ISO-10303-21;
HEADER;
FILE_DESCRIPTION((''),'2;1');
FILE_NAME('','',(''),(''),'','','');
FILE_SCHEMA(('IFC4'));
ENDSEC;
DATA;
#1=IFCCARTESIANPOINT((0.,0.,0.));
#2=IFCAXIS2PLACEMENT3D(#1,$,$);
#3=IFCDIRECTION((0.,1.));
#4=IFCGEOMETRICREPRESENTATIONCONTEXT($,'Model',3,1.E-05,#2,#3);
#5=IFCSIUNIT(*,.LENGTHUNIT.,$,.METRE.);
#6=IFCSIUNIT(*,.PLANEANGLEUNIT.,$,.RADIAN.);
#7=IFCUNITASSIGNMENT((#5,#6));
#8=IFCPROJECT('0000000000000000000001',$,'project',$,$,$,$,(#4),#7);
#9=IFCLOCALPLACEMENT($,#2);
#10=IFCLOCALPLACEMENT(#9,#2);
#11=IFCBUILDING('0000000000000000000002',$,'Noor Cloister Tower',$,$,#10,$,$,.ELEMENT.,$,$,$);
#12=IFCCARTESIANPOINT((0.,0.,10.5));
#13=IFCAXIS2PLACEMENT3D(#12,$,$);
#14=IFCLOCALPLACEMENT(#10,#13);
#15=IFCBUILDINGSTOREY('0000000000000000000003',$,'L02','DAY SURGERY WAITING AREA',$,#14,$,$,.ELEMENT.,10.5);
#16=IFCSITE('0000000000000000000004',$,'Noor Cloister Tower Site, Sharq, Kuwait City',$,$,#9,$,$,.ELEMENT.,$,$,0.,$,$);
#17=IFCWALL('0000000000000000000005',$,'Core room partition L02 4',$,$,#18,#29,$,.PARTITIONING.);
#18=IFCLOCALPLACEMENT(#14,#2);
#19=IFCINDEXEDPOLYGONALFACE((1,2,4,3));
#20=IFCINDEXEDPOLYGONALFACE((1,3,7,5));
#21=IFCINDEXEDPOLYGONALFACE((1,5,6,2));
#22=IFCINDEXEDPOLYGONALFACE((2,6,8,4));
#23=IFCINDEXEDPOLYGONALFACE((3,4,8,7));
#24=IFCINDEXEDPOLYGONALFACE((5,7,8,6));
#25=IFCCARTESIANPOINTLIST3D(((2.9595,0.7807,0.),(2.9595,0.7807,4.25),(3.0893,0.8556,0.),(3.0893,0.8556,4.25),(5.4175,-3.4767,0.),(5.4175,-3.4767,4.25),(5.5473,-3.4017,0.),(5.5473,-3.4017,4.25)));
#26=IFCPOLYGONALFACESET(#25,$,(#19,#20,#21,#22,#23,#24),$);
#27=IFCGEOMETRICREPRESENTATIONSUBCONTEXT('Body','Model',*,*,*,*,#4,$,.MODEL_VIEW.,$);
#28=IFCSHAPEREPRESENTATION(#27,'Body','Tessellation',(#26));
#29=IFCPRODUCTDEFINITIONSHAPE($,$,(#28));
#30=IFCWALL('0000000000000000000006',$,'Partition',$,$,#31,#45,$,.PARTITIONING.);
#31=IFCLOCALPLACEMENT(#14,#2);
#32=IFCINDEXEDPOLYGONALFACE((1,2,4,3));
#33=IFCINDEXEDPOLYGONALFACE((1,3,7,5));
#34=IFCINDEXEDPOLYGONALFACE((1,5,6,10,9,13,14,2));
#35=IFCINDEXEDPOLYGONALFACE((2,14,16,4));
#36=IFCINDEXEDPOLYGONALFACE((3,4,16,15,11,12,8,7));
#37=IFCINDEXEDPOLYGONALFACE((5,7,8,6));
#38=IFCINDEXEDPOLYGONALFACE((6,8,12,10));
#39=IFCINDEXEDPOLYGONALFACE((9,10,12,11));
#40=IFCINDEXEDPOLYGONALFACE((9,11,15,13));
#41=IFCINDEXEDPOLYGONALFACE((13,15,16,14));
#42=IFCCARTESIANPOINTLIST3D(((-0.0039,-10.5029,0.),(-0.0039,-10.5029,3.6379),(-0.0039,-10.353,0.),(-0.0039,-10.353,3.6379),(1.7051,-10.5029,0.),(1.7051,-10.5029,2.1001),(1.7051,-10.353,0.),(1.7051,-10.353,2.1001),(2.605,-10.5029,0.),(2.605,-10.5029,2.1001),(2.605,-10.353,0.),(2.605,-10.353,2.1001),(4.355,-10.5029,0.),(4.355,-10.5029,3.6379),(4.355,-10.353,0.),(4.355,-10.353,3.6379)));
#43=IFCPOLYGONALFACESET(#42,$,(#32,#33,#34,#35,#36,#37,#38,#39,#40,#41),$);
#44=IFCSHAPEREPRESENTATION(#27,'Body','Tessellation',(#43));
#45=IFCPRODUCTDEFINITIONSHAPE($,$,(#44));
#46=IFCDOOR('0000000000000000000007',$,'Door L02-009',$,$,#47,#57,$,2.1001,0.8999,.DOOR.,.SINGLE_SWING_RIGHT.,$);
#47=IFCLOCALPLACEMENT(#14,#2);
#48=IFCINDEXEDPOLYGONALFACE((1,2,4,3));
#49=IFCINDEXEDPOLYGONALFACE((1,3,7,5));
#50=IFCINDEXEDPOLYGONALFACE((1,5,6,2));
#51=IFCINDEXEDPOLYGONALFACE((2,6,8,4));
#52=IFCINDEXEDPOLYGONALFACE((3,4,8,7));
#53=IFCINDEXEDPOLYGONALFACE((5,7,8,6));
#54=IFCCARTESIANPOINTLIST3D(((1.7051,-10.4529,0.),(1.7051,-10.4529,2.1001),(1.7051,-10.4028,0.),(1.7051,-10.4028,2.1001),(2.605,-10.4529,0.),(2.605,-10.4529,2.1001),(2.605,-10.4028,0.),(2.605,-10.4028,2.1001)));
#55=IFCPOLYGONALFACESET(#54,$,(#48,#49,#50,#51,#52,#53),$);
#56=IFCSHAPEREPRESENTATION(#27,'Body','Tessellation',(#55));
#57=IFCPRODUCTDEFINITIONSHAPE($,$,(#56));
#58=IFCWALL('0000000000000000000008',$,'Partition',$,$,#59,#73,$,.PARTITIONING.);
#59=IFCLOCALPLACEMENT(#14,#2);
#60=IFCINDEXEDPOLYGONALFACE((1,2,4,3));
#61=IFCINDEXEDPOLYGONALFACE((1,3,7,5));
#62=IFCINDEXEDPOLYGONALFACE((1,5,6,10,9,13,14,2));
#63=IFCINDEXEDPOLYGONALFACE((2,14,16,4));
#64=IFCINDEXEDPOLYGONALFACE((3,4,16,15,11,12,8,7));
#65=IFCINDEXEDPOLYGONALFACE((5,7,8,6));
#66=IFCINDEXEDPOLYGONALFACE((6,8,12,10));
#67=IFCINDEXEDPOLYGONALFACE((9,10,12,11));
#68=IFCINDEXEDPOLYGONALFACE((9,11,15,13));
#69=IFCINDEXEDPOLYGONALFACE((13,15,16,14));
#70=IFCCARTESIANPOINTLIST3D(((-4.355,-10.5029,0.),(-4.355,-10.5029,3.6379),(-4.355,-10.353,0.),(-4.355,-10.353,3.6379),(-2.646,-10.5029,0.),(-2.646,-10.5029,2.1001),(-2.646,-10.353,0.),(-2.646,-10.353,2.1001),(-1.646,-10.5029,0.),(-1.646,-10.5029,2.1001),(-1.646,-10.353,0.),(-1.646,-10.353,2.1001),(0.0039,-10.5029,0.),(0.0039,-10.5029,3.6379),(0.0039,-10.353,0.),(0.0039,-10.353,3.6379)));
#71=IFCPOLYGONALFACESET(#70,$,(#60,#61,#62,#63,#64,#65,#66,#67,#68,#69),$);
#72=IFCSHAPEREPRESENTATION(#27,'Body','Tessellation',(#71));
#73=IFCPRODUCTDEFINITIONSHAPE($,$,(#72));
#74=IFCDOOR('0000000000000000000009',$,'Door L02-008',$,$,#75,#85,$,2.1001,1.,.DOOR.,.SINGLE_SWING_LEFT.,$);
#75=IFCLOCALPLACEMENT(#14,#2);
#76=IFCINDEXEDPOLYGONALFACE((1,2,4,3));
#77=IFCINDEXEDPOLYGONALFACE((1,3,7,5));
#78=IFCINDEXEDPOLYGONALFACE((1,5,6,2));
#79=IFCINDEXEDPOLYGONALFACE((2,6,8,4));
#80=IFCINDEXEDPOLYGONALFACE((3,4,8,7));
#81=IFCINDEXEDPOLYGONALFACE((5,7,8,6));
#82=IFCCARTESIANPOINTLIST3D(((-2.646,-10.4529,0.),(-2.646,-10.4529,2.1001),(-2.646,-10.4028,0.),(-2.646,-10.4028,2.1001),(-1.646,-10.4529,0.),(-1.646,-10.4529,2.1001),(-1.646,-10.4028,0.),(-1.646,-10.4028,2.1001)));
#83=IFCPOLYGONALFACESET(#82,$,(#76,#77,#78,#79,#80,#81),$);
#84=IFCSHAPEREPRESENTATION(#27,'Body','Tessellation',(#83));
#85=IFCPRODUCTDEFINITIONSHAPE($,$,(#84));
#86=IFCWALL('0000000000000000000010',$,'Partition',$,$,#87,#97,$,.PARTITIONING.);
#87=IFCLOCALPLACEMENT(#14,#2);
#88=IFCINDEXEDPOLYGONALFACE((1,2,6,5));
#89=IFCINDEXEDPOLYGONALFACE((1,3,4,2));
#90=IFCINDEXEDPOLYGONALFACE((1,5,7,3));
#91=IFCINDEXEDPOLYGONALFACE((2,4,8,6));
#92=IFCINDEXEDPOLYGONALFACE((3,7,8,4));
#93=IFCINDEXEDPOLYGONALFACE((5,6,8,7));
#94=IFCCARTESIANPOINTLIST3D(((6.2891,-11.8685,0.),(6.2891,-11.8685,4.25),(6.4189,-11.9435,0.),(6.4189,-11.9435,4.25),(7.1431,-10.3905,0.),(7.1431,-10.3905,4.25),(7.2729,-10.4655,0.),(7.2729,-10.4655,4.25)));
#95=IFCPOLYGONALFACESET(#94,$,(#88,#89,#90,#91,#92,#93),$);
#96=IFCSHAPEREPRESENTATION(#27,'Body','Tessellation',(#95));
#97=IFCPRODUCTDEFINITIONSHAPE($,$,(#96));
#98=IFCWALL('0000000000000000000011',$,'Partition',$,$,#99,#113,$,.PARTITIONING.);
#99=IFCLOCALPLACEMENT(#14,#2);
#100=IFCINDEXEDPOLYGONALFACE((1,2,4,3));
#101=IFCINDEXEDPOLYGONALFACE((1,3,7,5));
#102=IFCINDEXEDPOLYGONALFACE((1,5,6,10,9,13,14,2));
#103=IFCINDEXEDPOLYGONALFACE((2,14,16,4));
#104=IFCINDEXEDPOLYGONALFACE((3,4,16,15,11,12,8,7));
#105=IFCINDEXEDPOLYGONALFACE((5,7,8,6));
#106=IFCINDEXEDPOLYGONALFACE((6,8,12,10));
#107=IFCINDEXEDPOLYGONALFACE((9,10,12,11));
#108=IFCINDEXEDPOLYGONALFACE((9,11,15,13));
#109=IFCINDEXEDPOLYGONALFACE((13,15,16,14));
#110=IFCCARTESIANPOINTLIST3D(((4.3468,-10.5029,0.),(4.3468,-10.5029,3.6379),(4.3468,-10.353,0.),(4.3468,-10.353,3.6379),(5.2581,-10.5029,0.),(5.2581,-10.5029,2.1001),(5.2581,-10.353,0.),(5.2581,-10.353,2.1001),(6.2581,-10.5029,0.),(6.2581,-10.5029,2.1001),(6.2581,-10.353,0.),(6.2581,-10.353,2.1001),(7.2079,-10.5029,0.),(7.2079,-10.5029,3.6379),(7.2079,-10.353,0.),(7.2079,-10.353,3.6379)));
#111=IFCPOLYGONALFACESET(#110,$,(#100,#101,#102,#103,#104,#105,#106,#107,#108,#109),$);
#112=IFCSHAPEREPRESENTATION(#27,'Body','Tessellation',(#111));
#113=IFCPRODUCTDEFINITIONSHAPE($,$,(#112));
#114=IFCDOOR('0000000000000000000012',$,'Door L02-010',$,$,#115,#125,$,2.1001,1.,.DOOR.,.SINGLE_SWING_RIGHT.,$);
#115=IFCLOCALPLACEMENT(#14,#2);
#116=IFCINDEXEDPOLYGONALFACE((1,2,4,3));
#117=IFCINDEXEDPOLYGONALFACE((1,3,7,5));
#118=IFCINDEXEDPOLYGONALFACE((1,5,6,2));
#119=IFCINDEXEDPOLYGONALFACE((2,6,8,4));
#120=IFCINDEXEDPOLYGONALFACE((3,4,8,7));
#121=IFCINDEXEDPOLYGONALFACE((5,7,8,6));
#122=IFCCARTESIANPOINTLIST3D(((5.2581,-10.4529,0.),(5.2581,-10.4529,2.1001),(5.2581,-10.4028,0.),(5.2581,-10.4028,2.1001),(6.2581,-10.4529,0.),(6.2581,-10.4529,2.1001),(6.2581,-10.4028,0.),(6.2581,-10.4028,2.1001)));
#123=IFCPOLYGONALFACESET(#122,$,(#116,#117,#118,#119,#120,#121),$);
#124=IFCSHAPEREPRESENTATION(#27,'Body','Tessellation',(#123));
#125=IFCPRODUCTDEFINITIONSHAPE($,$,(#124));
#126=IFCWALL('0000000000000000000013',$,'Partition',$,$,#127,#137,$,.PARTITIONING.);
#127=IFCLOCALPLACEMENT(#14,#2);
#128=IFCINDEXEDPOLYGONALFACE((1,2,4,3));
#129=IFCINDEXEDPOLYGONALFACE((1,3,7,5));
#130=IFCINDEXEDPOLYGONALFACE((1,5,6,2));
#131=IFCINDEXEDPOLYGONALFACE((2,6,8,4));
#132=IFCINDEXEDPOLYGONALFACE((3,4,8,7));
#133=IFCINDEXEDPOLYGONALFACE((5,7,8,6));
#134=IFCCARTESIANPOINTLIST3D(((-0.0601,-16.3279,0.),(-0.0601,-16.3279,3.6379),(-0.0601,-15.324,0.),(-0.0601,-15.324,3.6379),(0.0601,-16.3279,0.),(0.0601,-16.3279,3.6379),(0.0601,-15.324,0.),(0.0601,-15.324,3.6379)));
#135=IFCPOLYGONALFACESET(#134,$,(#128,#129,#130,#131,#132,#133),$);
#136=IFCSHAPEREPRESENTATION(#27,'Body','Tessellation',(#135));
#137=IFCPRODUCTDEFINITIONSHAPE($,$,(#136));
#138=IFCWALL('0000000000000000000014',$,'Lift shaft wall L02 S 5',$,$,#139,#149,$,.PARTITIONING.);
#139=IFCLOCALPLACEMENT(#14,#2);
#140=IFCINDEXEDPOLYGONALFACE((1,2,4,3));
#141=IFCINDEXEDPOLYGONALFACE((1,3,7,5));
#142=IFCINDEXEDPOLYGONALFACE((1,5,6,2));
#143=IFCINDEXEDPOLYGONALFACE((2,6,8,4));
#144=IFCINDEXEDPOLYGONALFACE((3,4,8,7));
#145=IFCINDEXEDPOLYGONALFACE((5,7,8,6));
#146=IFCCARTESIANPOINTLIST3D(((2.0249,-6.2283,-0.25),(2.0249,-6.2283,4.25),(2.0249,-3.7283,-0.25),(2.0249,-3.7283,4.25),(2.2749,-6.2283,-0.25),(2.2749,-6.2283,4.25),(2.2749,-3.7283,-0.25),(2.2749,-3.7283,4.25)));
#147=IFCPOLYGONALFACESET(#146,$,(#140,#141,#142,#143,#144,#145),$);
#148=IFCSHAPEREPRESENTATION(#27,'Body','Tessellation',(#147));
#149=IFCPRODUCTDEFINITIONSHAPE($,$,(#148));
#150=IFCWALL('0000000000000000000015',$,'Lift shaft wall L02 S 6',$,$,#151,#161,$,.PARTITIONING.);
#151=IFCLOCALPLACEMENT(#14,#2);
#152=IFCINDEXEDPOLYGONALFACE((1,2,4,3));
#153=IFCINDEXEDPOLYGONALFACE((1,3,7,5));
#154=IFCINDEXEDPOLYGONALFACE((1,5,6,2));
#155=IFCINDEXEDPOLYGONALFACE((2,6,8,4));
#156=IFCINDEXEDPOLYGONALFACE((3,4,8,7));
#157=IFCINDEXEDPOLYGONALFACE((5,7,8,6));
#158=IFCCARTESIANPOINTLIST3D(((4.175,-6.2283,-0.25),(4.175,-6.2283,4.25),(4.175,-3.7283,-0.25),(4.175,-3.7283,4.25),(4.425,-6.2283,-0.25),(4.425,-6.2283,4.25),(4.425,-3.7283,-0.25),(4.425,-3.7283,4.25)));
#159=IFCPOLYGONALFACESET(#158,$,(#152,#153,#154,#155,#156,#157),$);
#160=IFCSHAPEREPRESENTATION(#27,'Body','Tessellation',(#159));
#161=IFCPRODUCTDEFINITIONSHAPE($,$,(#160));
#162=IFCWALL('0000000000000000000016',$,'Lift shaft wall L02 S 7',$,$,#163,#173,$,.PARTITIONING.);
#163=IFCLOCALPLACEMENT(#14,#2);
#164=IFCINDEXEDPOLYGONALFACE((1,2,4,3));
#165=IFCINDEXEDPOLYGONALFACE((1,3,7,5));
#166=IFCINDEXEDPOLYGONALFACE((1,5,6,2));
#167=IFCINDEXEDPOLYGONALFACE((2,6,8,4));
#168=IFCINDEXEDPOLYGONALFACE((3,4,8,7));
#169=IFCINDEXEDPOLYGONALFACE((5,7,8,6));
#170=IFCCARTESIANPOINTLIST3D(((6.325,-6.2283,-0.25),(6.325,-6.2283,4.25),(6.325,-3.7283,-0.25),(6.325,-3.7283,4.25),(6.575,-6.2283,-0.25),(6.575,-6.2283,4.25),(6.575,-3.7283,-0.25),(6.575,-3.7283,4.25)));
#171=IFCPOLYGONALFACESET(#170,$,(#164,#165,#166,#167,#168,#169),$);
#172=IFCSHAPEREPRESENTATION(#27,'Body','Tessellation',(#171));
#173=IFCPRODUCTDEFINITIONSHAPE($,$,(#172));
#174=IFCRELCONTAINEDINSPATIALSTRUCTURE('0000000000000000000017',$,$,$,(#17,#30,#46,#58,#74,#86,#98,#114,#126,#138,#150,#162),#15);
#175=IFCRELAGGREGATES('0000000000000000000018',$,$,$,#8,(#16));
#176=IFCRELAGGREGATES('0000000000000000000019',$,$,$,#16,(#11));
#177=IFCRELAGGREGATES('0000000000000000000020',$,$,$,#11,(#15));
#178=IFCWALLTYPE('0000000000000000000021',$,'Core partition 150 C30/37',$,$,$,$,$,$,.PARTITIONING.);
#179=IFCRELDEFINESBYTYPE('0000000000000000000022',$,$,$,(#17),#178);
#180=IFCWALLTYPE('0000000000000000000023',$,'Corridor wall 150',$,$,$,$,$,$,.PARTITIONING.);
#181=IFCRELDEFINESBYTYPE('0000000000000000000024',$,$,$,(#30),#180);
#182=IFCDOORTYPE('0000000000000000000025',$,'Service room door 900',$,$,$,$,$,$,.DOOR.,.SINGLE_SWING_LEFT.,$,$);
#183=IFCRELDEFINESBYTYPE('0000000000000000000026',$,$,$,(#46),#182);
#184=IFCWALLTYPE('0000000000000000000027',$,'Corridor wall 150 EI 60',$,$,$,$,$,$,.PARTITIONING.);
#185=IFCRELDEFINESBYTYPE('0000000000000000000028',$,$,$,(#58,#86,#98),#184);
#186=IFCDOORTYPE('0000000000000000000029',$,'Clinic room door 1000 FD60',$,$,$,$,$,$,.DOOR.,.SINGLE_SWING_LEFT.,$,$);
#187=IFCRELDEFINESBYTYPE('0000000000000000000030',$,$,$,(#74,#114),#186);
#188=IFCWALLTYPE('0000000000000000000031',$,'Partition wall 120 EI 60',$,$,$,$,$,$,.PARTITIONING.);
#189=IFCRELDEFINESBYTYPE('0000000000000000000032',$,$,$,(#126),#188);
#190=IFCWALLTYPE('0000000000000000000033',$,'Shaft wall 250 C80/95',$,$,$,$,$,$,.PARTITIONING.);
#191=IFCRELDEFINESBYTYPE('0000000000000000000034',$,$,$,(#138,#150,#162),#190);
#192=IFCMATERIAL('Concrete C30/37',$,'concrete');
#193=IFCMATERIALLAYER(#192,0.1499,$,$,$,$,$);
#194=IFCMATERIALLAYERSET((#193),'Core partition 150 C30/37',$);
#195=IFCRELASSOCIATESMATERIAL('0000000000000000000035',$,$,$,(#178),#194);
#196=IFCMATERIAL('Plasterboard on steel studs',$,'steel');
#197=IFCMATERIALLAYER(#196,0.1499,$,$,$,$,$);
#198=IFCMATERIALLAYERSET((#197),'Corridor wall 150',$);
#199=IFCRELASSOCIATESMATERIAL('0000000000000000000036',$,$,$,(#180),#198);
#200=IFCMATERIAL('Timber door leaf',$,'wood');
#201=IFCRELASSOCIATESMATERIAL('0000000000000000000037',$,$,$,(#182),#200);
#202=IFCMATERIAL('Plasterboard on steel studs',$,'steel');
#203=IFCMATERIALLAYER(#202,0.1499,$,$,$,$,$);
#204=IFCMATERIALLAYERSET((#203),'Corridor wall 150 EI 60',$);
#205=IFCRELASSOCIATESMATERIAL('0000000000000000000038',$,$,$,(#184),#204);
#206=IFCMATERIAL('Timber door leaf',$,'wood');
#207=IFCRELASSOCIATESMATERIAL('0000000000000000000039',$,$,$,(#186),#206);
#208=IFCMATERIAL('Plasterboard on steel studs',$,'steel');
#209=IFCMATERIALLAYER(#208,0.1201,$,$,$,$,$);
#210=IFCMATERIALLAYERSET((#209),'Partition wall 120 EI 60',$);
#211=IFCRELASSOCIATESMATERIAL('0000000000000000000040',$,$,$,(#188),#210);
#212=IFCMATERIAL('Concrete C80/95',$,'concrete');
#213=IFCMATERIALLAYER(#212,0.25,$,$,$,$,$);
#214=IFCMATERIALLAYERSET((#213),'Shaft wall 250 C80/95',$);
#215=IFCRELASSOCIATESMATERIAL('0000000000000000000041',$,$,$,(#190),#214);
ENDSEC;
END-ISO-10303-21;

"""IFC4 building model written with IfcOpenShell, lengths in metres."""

from ifc_helpers import new_model, si_unit, direction, frame, frame_2d, origin, place, context, subcontext, project, spatial, rectangle, extrude, material, layer, layer_set, type_object, element, fill, save


model = new_model("IFC4")

# Units and contexts
model_context = context("Model", 3, precision=1e-05, world=origin(), true_north=direction((0.0, 1.0)))
body_context = subcontext(model_context, "Body", "Model", "MODEL_VIEW")
ifc_project = project(units=[si_unit("LENGTHUNIT", "METRE"), si_unit("PLANEANGLEUNIT", "RADIAN")], contexts=[model_context])

# Site, building, storey
site_placement = place(None, origin())
site = spatial("IfcSite", under=ifc_project, at=site_placement, Name="Noor Cloister Tower Site, Sharq, Kuwait City", CompositionType="ELEMENT", RefElevation=0.0)
building_placement = place(site_placement, origin())
building = spatial("IfcBuilding", under=site, at=building_placement, Name="Noor Cloister Tower", CompositionType="ELEMENT")
storey_placement = place(building_placement, frame((0.0, 0.0, 10.5)))
storey = spatial("IfcBuildingStorey", under=building, at=storey_placement, Name="L02", Description="DAY SURGERY WAITING AREA", CompositionType="ELEMENT", Elevation=10.5)

# Wall
ifc_material_1 = material(Name="Concrete C30/37", Category="concrete")
ifc_layer_1 = layer(ifc_material_1, 0.1499)
ifc_layer_set_1 = layer_set([ifc_layer_1], Name="Core partition 150 C30/37")
wall_type_1 = type_object("IfcWallType", Name="Core partition 150 C30/37", PredefinedType="PARTITIONING", material=ifc_layer_set_1)
wall_1_placement = place(storey_placement, frame((5.4824, -3.4392, 0.0), z_axis=(0.0, 0.0, 1.0), x_axis=(-0.500006, 0.866022, 0.0)))
element("IfcWall", 1, at=wall_1_placement, inside=storey, type_object=wall_type_1, Name="Core room partition L02 4", PredefinedType="PARTITIONING", context=body_context, shape_type="SweptSolid", body=[
    extrude(rectangle(XDim=4.916, YDim=0.1499, at=frame_2d((2.458, 0.0))), origin(), (0.0, 0.0, 1.0), 4.25),
])

# Walls, openings, doors
ifc_material_2 = material(Name="Plasterboard on steel studs", Category="steel")
ifc_layer_2 = layer(ifc_material_2, 0.1499)
ifc_layer_set_2 = layer_set([ifc_layer_2], Name="Corridor wall 150")
wall_type_2 = type_object("IfcWallType", Name="Corridor wall 150", PredefinedType="PARTITIONING", material=ifc_layer_set_2)
wall_2_placement = place(storey_placement, frame((4.355, -10.428, 0.0), z_axis=(0.0, 0.0, 1.0), x_axis=(-1.0, 0.0, 0.0)))
wall_2 = element("IfcWall", 2, at=wall_2_placement, inside=storey, type_object=wall_type_2, Name="Partition", PredefinedType="PARTITIONING", context=body_context, shape_type="SweptSolid", body=[
    extrude(rectangle(XDim=4.3589, YDim=0.1499, at=frame_2d((2.1794, 0.0))), origin(), (0.0, 0.0, 1.0), 3.6379),
])
opening_1_placement = place(wall_2_placement, frame((1.75, 0.0, 0.0)))
opening_1 = element("IfcOpeningElement", 3, at=opening_1_placement, cuts=wall_2, PredefinedType="OPENING", context=body_context, shape_type="SweptSolid", body=[
    extrude(rectangle(XDim=0.8999, YDim=2.1001, at=frame_2d((0.45, 1.05))), frame((0.0, 0.085, 0.0), z_axis=(0.0, -1.0, 0.0), x_axis=(1.0, 0.0, 0.0)), (0.0, 0.0, 1.0), 0.1699),
])
ifc_material_3 = material(Name="Timber door leaf", Category="wood")
door_type_1 = type_object("IfcDoorType", Name="Service room door 900", OperationType="SINGLE_SWING_LEFT", PredefinedType="DOOR", material=ifc_material_3)
door_1_placement = place(opening_1_placement, origin())
door_1 = element("IfcDoor", 4, at=door_1_placement, inside=storey, type_object=door_type_1, Name="Door L02-009", OperationType="SINGLE_SWING_RIGHT", OverallHeight=2.1001, OverallWidth=0.8999, PredefinedType="DOOR", context=body_context, shape_type="SweptSolid", body=[
    extrude(rectangle(XDim=0.8999, YDim=2.1001, at=frame_2d((0.45, 1.05))), frame((0.0, 0.0249, 0.0), z_axis=(0.0, -1.0, 0.0), x_axis=(1.0, 0.0, 0.0)), (0.0, 0.0, 1.0), 0.05),
])
fill(opening_1, door_1)
ifc_material_4 = material(Name="Plasterboard on steel studs", Category="steel")
ifc_layer_3 = layer(ifc_material_4, 0.1499)
ifc_layer_set_3 = layer_set([ifc_layer_3], Name="Corridor wall 150 EI 60")
wall_type_3 = type_object("IfcWallType", Name="Corridor wall 150 EI 60", PredefinedType="PARTITIONING", material=ifc_layer_set_3)
wall_3_placement = place(storey_placement, frame((0.0039, -10.428, 0.0), z_axis=(0.0, 0.0, 1.0), x_axis=(-1.0, 0.0, 0.0)))
wall_3 = element("IfcWall", 5, at=wall_3_placement, inside=storey, type_object=wall_type_3, Name="Partition", PredefinedType="PARTITIONING", context=body_context, shape_type="SweptSolid", body=[
    extrude(rectangle(XDim=4.3589, YDim=0.1499, at=frame_2d((2.1794, 0.0))), origin(), (0.0, 0.0, 1.0), 3.6379),
])
opening_2_placement = place(wall_3_placement, frame((1.6499, 0.0, 0.0)))
opening_2 = element("IfcOpeningElement", 6, at=opening_2_placement, cuts=wall_3, PredefinedType="OPENING", context=body_context, shape_type="SweptSolid", body=[
    extrude(rectangle(XDim=1.0, YDim=2.1001, at=frame_2d((0.5, 1.05))), frame((0.0, 0.085, 0.0), z_axis=(0.0, -1.0, 0.0), x_axis=(1.0, 0.0, 0.0)), (0.0, 0.0, 1.0), 0.1699),
])
ifc_material_5 = material(Name="Timber door leaf", Category="wood")
door_type_2 = type_object("IfcDoorType", Name="Clinic room door 1000 FD60", OperationType="SINGLE_SWING_LEFT", PredefinedType="DOOR", material=ifc_material_5)
door_2_placement = place(opening_2_placement, origin())
door_2 = element("IfcDoor", 7, at=door_2_placement, inside=storey, type_object=door_type_2, Name="Door L02-008", OperationType="SINGLE_SWING_LEFT", OverallHeight=2.1001, OverallWidth=1.0, PredefinedType="DOOR", context=body_context, shape_type="SweptSolid", body=[
    extrude(rectangle(XDim=1.0, YDim=2.1001, at=frame_2d((0.5, 1.05))), frame((0.0, 0.0249, 0.0), z_axis=(0.0, -1.0, 0.0), x_axis=(1.0, 0.0, 0.0)), (0.0, 0.0, 1.0), 0.05),
])
fill(opening_2, door_2)

# Wall
wall_4_placement = place(storey_placement, frame((6.354, -11.906, 0.0), z_axis=(0.0, 0.0, 1.0), x_axis=(0.500292, 0.865857, 0.0)))
element("IfcWall", 8, at=wall_4_placement, inside=storey, type_object=wall_type_3, Name="Partition", PredefinedType="PARTITIONING", context=body_context, shape_type="SweptSolid", body=[
    extrude(rectangle(XDim=1.707, YDim=0.1499, at=frame_2d((0.8535, 0.0))), origin(), (0.0, 0.0, 1.0), 4.25),
])

# Wall, opening, door
wall_5_placement = place(storey_placement, frame((7.208, -10.428, 0.0), z_axis=(0.0, 0.0, 1.0), x_axis=(-1.0, 0.0, 0.0)))
wall_5 = element("IfcWall", 9, at=wall_5_placement, inside=storey, type_object=wall_type_3, Name="Partition", PredefinedType="PARTITIONING", context=body_context, shape_type="SweptSolid", body=[
    extrude(rectangle(XDim=2.8611, YDim=0.1499, at=frame_2d((1.4307, 0.0))), origin(), (0.0, 0.0, 1.0), 3.6379),
])
opening_3_placement = place(wall_5_placement, frame((0.95, 0.0, 0.0)))
opening_3 = element("IfcOpeningElement", 10, at=opening_3_placement, cuts=wall_5, PredefinedType="OPENING", context=body_context, shape_type="SweptSolid", body=[
    extrude(rectangle(XDim=1.0, YDim=2.1001, at=frame_2d((0.5, 1.05))), frame((0.0, 0.085, 0.0), z_axis=(0.0, -1.0, 0.0), x_axis=(1.0, 0.0, 0.0)), (0.0, 0.0, 1.0), 0.1699),
])
door_3_placement = place(opening_3_placement, origin())
door_3 = element("IfcDoor", 11, at=door_3_placement, inside=storey, type_object=door_type_2, Name="Door L02-010", OperationType="SINGLE_SWING_RIGHT", OverallHeight=2.1001, OverallWidth=1.0, PredefinedType="DOOR", context=body_context, shape_type="SweptSolid", body=[
    extrude(rectangle(XDim=1.0, YDim=2.1001, at=frame_2d((0.5, 1.05))), frame((0.0, 0.0249, 0.0), z_axis=(0.0, -1.0, 0.0), x_axis=(1.0, 0.0, 0.0)), (0.0, 0.0, 1.0), 0.05),
])
fill(opening_3, door_3)

# Walls
ifc_material_6 = material(Name="Plasterboard on steel studs", Category="steel")
ifc_layer_4 = layer(ifc_material_6, 0.1201)
ifc_layer_set_4 = layer_set([ifc_layer_4], Name="Partition wall 120 EI 60")
wall_type_4 = type_object("IfcWallType", Name="Partition wall 120 EI 60", PredefinedType="PARTITIONING", material=ifc_layer_set_4)
wall_6_placement = place(storey_placement, frame((0.0, -15.324, 0.0), z_axis=(0.0, 0.0, 1.0), x_axis=(0.0, -1.0, 0.0)))
element("IfcWall", 12, at=wall_6_placement, inside=storey, type_object=wall_type_4, Name="Partition", PredefinedType="PARTITIONING", context=body_context, shape_type="SweptSolid", body=[
    extrude(rectangle(XDim=1.0039, YDim=0.1201, at=frame_2d((0.502, 0.0))), origin(), (0.0, 0.0, 1.0), 3.6379),
])
ifc_material_7 = material(Name="Concrete C80/95", Category="concrete")
ifc_layer_5 = layer(ifc_material_7, 0.25)
ifc_layer_set_5 = layer_set([ifc_layer_5], Name="Shaft wall 250 C80/95")
wall_type_5 = type_object("IfcWallType", Name="Shaft wall 250 C80/95", PredefinedType="PARTITIONING", material=ifc_layer_set_5)
for number, where, z_axis, x_axis, name in (
    (13, (2.1499, -6.2283, -0.25), (0.0, 0.0, 1.0), (0.0, 1.0, 0.0), "Lift shaft wall L02 S 5"),
    (14, (4.3, -6.2283, -0.25), (0.0, 0.0, 1.0), (0.0, 1.0, 0.0), "Lift shaft wall L02 S 6"),
    (15, (6.45, -6.2283, -0.25), (0.0, 0.0, 1.0), (0.0, 1.0, 0.0), "Lift shaft wall L02 S 7"),
):
    element("IfcWall", number, at=place(storey_placement, frame(where, z_axis=z_axis, x_axis=x_axis)), inside=storey, type_object=wall_type_5, Name=name, PredefinedType="PARTITIONING", context=body_context, shape_type="SweptSolid", body=[
        extrude(rectangle(XDim=2.5, YDim=0.25, at=frame_2d((1.25, 0.0))), origin(), (0.0, 0.0, 1.0), 4.5),
    ])

save(model, "model.ifc")
